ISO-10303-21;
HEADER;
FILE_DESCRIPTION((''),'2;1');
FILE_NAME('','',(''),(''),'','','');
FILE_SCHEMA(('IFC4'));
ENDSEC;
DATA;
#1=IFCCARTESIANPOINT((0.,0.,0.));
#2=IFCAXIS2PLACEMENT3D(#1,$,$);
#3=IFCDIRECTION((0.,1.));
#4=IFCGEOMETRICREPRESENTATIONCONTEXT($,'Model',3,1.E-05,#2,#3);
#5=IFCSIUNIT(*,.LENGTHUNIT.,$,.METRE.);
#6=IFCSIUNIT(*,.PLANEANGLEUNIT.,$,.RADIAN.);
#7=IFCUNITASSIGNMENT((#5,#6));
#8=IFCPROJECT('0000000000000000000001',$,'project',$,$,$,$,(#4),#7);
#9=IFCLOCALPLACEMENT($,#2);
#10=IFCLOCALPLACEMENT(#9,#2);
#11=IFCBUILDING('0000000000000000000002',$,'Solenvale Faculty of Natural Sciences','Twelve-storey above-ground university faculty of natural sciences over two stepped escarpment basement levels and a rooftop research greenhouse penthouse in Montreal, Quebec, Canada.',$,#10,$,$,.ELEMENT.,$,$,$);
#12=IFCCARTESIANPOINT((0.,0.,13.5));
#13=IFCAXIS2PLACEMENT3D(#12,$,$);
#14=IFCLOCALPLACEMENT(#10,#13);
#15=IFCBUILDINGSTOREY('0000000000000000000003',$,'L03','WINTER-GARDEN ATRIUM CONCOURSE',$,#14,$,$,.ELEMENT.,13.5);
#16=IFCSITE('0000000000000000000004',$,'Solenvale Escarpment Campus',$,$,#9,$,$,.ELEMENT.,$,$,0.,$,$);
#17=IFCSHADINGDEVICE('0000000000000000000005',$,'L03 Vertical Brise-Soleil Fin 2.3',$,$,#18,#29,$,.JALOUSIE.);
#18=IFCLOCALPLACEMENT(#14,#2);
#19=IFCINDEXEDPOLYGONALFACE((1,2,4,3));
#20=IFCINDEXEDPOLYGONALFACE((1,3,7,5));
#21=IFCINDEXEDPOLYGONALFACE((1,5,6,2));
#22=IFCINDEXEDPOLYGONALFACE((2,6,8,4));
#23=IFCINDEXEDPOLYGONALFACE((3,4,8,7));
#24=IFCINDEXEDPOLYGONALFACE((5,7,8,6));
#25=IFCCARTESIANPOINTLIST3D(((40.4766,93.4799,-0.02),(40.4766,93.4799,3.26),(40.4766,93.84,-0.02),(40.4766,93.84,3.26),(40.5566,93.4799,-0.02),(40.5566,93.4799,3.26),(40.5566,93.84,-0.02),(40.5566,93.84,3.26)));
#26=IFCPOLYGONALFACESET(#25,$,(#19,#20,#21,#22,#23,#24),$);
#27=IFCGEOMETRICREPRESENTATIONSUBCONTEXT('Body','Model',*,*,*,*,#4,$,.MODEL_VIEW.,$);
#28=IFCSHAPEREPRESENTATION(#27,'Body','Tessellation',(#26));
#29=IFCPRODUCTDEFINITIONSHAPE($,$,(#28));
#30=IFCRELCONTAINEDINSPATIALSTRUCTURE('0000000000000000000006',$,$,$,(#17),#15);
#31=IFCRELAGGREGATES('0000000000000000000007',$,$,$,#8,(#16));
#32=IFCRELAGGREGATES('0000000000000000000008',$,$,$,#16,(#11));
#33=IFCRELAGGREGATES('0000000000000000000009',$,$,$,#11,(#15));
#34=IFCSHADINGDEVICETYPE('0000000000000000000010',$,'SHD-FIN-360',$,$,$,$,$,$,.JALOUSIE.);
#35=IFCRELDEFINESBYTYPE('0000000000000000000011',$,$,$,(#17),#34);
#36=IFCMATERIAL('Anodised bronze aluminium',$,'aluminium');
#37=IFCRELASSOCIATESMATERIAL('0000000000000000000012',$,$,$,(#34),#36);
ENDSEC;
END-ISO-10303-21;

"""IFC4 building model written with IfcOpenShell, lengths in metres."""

from ifc_helpers import new_model, si_unit, direction, frame, origin, origin_2d, place, context, subcontext, project, spatial, rectangle, extrude, material, material_profile, profile_set, type_object, element, save


model = new_model("IFC4")

# Units and contexts
model_context = context("Model", 3, precision=1e-05, world=origin(), true_north=direction((0.0, 1.0)))
body_context = subcontext(model_context, "Body", "Model", "MODEL_VIEW")
ifc_project = project(units=[si_unit("LENGTHUNIT", "METRE"), si_unit("PLANEANGLEUNIT", "RADIAN")], contexts=[model_context])

# Site, building, storey
site_placement = place(None, origin())
site = spatial("IfcSite", under=ifc_project, at=site_placement, Name="Solenvale Escarpment Campus", CompositionType="ELEMENT", RefElevation=0.0)
building_placement = place(site_placement, origin())
building = spatial("IfcBuilding", under=site, at=building_placement, Name="Solenvale Faculty of Natural Sciences", Description="Twelve-storey above-ground university faculty of natural sciences over two stepped escarpment basement levels and a rooftop research greenhouse penthouse in Montreal, Quebec, Canada.", CompositionType="ELEMENT")
storey_placement = place(building_placement, frame((0.0, 0.0, 13.5)))
storey = spatial("IfcBuildingStorey", under=building, at=storey_placement, Name="L03", Description="WINTER-GARDEN ATRIUM CONCOURSE", CompositionType="ELEMENT", Elevation=13.5)

# Shared definitions
ifc_material_1 = material(Name="Anodised bronze aluminium", Category="aluminium")

# Shading device
ifc_material_profile_1 = material_profile(ifc_material_1, rectangle(XDim=0.0801, YDim=0.3601, at=origin_2d()), Name="ALU-FIN-80x360")
ifc_profile_set_1 = profile_set([ifc_material_profile_1], Name="Anodised bronze aluminium")
shading_device_type = type_object("IfcShadingDeviceType", Name="SHD-FIN-360", PredefinedType="JALOUSIE", material=ifc_profile_set_1)
shading_device_placement = place(storey_placement, frame((40.5166, 93.6599, -0.02), z_axis=(0.0, 0.0, 1.0), x_axis=(1.0, 0.0, 0.0)))
element("IfcShadingDevice", 1, at=shading_device_placement, inside=storey, type_object=shading_device_type, Name="L03 Vertical Brise-Soleil Fin 2.3", PredefinedType="JALOUSIE", context=body_context, shape_type="SweptSolid", body=[
    extrude(rectangle(XDim=0.0801, YDim=0.3601, at=origin_2d()), origin(), (0.0, 0.0, 1.0), 3.28),
])

save(model, "model.ifc")
